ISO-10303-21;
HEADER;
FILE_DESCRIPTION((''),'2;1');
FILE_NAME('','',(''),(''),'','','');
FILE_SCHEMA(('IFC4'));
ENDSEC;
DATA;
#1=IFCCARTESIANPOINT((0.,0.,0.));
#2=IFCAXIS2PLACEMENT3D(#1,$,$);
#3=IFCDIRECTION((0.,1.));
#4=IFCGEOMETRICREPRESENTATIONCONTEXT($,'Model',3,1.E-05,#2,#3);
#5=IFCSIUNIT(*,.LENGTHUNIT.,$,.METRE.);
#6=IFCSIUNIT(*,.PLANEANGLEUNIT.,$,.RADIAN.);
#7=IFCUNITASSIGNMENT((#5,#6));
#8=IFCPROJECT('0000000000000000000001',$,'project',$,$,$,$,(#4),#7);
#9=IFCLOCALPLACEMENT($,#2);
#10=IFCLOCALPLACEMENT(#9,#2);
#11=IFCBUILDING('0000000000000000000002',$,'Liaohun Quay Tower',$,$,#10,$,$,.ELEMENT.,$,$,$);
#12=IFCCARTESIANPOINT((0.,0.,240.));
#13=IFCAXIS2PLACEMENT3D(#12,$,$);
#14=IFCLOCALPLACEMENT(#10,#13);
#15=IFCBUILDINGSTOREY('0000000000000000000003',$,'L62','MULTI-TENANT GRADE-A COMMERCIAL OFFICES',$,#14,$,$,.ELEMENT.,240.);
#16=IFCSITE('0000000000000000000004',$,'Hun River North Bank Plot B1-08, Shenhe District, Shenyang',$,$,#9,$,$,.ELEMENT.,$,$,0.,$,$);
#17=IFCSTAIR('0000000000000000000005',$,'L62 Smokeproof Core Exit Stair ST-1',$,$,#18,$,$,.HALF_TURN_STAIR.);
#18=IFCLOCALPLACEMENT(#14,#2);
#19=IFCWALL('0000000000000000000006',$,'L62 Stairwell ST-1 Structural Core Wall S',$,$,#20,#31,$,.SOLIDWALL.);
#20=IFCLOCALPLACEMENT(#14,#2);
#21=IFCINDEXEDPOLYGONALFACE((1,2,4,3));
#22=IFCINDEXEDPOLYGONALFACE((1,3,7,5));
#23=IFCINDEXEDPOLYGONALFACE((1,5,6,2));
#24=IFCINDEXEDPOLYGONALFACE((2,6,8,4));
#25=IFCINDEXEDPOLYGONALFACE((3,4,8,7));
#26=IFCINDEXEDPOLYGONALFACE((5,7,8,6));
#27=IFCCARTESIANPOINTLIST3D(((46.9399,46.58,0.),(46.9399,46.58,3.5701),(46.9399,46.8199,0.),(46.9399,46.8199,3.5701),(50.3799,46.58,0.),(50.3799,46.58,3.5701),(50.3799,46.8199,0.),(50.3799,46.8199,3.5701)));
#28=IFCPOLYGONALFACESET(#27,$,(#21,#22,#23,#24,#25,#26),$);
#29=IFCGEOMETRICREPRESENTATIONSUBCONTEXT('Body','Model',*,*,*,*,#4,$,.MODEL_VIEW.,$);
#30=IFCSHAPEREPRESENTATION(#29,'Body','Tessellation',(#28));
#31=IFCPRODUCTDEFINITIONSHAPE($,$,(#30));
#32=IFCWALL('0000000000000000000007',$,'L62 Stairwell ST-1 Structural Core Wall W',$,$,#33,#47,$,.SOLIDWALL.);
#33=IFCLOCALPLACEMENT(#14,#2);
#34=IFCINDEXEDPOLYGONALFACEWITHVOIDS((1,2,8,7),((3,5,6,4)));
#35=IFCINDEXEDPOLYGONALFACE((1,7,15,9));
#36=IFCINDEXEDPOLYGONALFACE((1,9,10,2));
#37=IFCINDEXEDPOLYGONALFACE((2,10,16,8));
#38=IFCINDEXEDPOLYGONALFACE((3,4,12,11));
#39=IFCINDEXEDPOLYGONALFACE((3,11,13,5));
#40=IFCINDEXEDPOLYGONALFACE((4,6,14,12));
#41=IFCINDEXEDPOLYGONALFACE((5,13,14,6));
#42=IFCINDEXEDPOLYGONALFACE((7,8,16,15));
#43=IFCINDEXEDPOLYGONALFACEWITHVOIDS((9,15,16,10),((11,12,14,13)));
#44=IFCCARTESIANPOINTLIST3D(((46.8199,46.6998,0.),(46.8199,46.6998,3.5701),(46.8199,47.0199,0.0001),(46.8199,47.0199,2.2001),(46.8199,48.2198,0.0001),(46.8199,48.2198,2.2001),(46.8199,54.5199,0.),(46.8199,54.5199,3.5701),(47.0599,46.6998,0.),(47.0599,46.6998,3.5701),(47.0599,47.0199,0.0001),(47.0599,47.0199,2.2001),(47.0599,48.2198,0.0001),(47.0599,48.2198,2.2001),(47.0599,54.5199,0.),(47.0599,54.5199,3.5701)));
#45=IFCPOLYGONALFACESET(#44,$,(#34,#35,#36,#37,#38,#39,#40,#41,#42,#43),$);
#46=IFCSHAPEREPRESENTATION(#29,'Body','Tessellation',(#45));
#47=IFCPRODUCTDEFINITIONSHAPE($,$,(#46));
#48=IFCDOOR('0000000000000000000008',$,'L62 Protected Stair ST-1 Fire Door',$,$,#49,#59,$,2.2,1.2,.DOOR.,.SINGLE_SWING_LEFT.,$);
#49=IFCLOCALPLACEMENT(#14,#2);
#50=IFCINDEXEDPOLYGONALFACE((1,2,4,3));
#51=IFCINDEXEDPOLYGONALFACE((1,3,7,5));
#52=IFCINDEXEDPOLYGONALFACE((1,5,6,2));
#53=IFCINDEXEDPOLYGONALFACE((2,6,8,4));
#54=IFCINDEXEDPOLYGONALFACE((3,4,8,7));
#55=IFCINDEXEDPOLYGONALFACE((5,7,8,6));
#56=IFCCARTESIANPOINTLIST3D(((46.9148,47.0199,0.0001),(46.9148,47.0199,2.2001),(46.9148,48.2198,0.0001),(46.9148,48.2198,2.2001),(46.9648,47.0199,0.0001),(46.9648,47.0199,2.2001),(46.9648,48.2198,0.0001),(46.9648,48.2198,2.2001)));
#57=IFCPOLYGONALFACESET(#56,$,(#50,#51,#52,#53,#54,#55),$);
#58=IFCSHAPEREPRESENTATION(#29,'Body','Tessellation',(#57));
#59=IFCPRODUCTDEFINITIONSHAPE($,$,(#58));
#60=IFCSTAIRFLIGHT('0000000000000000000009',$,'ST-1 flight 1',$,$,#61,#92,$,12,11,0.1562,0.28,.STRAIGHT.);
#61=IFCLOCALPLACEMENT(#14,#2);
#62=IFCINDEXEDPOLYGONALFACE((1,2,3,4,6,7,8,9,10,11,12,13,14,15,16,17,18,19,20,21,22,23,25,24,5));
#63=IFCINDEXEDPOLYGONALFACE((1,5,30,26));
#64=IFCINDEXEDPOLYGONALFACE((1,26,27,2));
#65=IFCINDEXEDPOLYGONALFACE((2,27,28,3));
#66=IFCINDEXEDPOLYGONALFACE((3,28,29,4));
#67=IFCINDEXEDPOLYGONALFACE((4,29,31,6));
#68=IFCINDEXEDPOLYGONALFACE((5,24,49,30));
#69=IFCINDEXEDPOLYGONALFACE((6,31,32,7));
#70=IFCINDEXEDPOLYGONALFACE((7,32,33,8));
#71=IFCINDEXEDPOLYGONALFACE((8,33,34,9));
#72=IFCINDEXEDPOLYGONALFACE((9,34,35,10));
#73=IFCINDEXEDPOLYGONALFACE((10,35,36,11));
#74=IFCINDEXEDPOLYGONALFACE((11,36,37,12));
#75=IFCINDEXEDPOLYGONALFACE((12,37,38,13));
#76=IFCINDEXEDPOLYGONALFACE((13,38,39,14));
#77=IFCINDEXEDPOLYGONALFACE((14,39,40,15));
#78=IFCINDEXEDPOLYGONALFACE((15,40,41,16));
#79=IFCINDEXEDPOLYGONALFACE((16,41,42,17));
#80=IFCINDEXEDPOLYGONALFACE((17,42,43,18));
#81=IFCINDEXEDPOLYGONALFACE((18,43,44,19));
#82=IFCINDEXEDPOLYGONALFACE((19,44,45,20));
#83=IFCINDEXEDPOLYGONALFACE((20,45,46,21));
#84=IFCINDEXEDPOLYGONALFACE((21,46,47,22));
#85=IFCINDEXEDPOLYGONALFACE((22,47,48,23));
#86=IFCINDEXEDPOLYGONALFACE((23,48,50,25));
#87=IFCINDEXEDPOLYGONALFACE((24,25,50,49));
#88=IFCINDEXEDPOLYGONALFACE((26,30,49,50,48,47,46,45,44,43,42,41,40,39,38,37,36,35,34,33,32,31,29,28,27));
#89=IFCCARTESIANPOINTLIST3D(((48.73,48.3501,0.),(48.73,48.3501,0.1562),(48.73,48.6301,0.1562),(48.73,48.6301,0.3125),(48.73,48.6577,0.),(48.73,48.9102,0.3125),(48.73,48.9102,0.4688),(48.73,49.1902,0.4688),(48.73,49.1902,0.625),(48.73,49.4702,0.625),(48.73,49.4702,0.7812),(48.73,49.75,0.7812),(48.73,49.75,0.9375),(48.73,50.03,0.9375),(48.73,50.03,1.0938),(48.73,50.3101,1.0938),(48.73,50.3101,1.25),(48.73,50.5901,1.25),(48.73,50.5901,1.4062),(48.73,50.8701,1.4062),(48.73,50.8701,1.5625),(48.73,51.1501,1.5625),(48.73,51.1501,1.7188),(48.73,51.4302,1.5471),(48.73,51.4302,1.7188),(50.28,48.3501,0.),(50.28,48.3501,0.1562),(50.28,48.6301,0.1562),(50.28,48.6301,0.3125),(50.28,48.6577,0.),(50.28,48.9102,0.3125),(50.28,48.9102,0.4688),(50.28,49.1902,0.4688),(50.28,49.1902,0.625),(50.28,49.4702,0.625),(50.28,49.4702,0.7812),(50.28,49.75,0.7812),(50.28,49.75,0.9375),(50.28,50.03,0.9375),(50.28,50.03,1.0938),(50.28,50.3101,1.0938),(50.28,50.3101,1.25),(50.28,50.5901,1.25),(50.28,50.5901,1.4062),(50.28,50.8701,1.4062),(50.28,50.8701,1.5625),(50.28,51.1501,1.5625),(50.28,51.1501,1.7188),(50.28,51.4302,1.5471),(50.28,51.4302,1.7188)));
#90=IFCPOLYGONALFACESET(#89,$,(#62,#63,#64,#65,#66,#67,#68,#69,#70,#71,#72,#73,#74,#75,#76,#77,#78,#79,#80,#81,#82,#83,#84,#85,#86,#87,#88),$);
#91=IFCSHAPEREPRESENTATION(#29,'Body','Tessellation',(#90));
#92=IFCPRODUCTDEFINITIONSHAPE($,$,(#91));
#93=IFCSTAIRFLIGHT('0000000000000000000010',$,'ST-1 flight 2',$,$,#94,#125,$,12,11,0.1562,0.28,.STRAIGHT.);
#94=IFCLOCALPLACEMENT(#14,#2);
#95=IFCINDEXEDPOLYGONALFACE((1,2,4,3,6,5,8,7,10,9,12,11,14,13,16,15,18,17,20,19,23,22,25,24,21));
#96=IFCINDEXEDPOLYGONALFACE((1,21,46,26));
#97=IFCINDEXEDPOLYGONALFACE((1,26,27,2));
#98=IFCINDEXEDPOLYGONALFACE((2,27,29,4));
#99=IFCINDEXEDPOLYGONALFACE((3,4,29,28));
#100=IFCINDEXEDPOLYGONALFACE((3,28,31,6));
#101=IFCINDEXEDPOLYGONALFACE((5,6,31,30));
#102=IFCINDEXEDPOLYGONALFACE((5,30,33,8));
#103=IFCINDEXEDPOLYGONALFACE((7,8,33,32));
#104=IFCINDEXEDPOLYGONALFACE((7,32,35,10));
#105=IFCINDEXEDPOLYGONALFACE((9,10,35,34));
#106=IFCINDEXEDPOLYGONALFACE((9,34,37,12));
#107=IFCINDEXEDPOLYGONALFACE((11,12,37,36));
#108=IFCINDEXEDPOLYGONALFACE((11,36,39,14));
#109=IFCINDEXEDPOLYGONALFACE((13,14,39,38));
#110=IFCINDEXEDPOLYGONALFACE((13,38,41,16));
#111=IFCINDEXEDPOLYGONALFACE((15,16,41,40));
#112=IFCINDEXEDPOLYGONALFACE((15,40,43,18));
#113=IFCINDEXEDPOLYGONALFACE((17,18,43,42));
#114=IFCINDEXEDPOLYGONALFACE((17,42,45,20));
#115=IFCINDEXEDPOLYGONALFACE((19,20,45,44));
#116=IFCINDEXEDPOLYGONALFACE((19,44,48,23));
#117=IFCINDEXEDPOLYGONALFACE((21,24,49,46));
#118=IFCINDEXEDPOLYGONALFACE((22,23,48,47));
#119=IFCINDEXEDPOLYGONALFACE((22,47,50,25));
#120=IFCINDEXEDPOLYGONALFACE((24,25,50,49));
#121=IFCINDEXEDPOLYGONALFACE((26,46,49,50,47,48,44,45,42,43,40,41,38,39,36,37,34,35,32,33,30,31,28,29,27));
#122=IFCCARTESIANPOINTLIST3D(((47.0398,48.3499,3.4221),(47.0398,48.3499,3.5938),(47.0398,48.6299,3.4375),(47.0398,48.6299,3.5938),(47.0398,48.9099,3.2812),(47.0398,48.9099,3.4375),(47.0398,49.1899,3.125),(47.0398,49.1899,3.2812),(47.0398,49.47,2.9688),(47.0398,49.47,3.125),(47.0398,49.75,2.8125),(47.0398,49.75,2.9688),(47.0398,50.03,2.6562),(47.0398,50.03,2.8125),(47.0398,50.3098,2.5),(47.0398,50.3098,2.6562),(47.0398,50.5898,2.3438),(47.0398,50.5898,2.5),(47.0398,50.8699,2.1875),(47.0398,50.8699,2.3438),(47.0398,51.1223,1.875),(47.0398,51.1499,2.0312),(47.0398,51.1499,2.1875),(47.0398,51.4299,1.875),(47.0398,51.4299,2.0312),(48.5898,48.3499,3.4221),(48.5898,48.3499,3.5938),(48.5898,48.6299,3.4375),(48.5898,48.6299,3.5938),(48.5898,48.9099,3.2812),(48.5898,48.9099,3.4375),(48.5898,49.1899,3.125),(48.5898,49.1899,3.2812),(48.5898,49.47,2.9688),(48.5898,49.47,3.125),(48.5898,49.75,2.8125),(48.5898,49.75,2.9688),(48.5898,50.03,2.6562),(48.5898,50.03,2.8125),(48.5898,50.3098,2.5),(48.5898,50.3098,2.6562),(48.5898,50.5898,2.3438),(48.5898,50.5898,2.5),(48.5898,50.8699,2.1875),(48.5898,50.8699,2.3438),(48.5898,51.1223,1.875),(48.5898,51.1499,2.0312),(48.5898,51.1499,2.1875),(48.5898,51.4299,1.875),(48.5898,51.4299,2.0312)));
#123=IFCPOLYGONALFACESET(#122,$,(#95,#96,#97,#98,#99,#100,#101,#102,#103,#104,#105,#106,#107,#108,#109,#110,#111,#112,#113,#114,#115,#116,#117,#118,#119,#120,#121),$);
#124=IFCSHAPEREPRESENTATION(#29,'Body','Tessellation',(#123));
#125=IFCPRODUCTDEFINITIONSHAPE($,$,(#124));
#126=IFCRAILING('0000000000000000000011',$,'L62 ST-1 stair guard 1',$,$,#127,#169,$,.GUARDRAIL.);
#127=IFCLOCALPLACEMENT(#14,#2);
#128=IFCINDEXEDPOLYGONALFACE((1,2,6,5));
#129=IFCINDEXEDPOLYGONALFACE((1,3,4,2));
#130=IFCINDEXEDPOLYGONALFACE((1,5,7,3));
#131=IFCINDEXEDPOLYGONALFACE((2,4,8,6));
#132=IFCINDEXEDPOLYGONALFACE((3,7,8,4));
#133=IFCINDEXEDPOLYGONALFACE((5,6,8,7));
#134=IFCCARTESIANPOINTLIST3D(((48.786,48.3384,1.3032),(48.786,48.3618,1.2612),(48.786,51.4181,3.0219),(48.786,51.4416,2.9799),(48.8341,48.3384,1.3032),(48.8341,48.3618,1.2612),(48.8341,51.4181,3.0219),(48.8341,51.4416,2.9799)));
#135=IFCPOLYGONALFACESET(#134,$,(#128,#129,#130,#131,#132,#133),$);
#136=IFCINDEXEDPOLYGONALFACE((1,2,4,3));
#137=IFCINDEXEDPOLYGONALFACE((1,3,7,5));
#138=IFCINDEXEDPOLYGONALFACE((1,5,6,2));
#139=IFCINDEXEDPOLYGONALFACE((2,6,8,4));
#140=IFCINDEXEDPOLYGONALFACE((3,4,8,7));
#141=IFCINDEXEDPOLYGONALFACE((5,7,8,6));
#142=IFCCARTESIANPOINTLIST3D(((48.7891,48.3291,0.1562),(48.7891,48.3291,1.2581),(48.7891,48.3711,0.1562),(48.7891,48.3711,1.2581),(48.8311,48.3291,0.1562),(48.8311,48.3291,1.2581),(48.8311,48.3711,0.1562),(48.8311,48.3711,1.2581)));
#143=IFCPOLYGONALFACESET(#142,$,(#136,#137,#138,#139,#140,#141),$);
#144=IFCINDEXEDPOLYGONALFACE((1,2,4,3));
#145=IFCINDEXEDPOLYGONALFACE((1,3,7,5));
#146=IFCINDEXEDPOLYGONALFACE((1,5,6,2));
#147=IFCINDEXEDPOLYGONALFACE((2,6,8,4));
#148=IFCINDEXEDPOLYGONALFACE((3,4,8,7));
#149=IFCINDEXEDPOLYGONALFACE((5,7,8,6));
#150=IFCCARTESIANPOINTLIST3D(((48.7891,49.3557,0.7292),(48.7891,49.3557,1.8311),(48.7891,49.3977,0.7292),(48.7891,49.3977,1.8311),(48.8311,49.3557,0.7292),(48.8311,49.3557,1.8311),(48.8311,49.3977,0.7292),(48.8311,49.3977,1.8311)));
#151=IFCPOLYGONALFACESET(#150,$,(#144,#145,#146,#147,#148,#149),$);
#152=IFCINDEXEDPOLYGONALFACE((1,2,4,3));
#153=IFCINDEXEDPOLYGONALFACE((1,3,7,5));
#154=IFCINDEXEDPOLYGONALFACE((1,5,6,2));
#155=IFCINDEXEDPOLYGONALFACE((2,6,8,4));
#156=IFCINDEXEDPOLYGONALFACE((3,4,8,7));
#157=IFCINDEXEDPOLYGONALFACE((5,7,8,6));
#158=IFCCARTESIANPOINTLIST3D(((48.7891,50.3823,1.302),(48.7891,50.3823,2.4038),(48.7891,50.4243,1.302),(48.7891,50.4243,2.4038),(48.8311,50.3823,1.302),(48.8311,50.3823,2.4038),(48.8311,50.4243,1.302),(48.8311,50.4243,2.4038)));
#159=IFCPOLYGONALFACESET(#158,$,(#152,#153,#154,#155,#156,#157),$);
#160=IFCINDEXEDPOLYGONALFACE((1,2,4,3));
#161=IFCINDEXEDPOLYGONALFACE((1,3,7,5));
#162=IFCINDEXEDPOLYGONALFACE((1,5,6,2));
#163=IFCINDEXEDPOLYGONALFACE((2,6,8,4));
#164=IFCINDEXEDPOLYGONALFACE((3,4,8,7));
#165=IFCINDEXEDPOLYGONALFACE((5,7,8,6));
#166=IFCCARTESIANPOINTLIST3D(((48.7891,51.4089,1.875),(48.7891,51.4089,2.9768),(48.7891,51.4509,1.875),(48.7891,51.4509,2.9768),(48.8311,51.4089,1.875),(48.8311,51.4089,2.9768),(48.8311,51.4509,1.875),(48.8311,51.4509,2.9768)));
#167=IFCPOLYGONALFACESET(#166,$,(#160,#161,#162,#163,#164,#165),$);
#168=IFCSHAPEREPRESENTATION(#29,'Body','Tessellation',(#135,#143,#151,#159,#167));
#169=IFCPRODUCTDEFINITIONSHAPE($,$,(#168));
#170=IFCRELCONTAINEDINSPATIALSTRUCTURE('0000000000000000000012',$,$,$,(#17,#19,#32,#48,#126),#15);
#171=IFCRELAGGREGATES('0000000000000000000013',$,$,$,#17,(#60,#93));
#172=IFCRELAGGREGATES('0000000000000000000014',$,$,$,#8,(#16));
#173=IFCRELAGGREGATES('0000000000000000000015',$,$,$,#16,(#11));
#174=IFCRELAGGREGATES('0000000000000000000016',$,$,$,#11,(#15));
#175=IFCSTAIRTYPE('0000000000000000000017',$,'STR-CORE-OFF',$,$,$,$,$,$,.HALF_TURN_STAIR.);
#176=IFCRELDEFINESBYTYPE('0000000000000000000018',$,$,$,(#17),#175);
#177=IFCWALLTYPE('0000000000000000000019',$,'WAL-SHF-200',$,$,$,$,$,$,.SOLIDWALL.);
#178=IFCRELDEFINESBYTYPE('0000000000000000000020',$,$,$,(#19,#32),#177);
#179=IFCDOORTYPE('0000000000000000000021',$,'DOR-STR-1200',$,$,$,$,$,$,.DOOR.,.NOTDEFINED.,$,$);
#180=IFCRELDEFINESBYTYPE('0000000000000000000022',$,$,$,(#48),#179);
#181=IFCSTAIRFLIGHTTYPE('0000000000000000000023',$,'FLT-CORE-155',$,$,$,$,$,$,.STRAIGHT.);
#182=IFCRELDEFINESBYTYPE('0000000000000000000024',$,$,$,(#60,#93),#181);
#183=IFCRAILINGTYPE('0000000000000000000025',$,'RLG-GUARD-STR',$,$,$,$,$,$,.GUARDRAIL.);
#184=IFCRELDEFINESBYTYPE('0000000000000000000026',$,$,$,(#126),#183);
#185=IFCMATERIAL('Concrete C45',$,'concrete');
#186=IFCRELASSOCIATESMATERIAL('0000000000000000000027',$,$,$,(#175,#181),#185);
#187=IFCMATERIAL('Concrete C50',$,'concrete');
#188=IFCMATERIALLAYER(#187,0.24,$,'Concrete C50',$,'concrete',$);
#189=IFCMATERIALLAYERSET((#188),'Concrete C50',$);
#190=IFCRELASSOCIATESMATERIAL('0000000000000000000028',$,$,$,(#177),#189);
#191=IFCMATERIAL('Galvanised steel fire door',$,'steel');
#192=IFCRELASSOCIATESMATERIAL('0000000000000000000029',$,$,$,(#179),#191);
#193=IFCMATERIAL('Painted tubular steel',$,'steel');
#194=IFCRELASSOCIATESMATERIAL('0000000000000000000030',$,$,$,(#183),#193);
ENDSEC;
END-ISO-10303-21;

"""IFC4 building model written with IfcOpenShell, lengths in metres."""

from ifc_helpers import new_model, si_unit, direction, frame, frame_2d, origin, origin_2d, place, context, subcontext, project, spatial, polyline, rectangle, outline, extrude, source, transform, mapped, material, layer, layer_set, type_object, element, fill, aggregate, save


model = new_model("IFC4")

# Units and contexts
model_context = context("Model", 3, precision=1e-05, world=origin(), true_north=direction((0.0, 1.0)))
body_context = subcontext(model_context, "Body", "Model", "MODEL_VIEW")
ifc_project = project(units=[si_unit("LENGTHUNIT", "METRE"), si_unit("PLANEANGLEUNIT", "RADIAN")], contexts=[model_context])

# Site, building, storey
site_placement = place(None, origin())
site = spatial("IfcSite", under=ifc_project, at=site_placement, Name="Hun River North Bank Plot B1-08, Shenhe District, Shenyang", CompositionType="ELEMENT", RefElevation=0.0)
building_placement = place(site_placement, origin())
building = spatial("IfcBuilding", under=site, at=building_placement, Name="Liaohun Quay Tower", CompositionType="ELEMENT")
storey_placement = place(building_placement, frame((0.0, 0.0, 240.0)))
storey = spatial("IfcBuildingStorey", under=building, at=storey_placement, Name="L62", Description="MULTI-TENANT GRADE-A COMMERCIAL OFFICES", CompositionType="ELEMENT", Elevation=240.0)

# Stair
ifc_material_1 = material(Name="Concrete C45", Category="concrete")
stair_type = type_object("IfcStairType", Name="STR-CORE-OFF", PredefinedType="HALF_TURN_STAIR", material=ifc_material_1)
stair_1_placement = place(storey_placement, origin())
stair_1 = element("IfcStair", 1, at=stair_1_placement, inside=storey, type_object=stair_type, Name="L62 Smokeproof Core Exit Stair ST-1", PredefinedType="HALF_TURN_STAIR")

# Wall
ifc_material_2 = material(Name="Concrete C50", Category="concrete")
ifc_layer_1 = layer(ifc_material_2, 0.24, Name="Concrete C50", Category="concrete")
ifc_layer_set_1 = layer_set([ifc_layer_1], Name="Concrete C50")
wall_type_1 = type_object("IfcWallType", Name="WAL-SHF-200", PredefinedType="SOLIDWALL", material=ifc_layer_set_1)
wall_1_placement = place(storey_placement, frame((46.9399, 46.7, 0.0), z_axis=(0.0, 0.0, 1.0), x_axis=(1.0, 0.0, 0.0)))
element("IfcWall", 2, at=wall_1_placement, inside=storey, type_object=wall_type_1, Name="L62 Stairwell ST-1 Structural Core Wall S", PredefinedType="SOLIDWALL", context=body_context, shape_type="SweptSolid", body=[
    extrude(rectangle(XDim=3.4399, YDim=0.24, at=frame_2d((1.72, 0.0))), origin(), (0.0, 0.0, 1.0), 3.5701),
])

# Wall, opening, door
wall_2_placement = place(storey_placement, frame((46.9399, 54.52, 0.0), z_axis=(0.0, 0.0, 1.0), x_axis=(0.0, -1.0, 0.0)))
wall_2 = element("IfcWall", 3, at=wall_2_placement, inside=storey, type_object=wall_type_1, Name="L62 Stairwell ST-1 Structural Core Wall W", PredefinedType="SOLIDWALL", context=body_context, shape_type="SweptSolid", body=[
    extrude(rectangle(XDim=7.8201, YDim=0.24, at=frame_2d((3.9102, 0.0))), origin(), (0.0, 0.0, 1.0), 3.5701),
])
shared_shape_1 = source(origin(), body_context, "Body", "SweptSolid", [
    extrude(rectangle(XDim=1.2, YDim=2.2, at=frame_2d((0.6001, 1.1001))), frame((0.0, 0.1299, 0.0), z_axis=(0.0, -1.0, 0.0), x_axis=(1.0, 0.0, 0.0)), (0.0, 0.0, 1.0), 0.26),
])
opening_1_placement = place(wall_2_placement, frame((6.3, 0.0, 0.0)))
opening_1 = element("IfcOpeningElement", 4, at=opening_1_placement, cuts=wall_2, PredefinedType="OPENING", context=body_context, shape_type="MappedRepresentation", body=[
    mapped(shared_shape_1, transform((0.0, 0.0, 0.0), x_axis=(1.0, 0.0, 0.0), y_axis=(0.0, 1.0, 0.0), z_axis=(0.0, 0.0, 1.0), scale=1.0)),
])
ifc_material_3 = material(Name="Galvanised steel fire door", Category="steel")
door_type_1 = type_object("IfcDoorType", Name="DOR-STR-1200", OperationType="NOTDEFINED", PredefinedType="DOOR", material=ifc_material_3)
shared_shape_2 = source(origin(), body_context, "Body", "SweptSolid", [
    extrude(rectangle(XDim=1.2, YDim=2.2, at=frame_2d((0.6001, 1.1001))), frame((0.0, 0.0249, 0.0), z_axis=(0.0, -1.0, 0.0), x_axis=(1.0, 0.0, 0.0)), (0.0, 0.0, 1.0), 0.05),
])
door_1_placement = place(opening_1_placement, origin())
door_1 = element("IfcDoor", 5, at=door_1_placement, inside=storey, type_object=door_type_1, Name="L62 Protected Stair ST-1 Fire Door", OperationType="SINGLE_SWING_LEFT", OverallHeight=2.2, OverallWidth=1.2, PredefinedType="DOOR", context=body_context, shape_type="MappedRepresentation", body=[
    mapped(shared_shape_2, transform((0.0, 0.0, 0.0), x_axis=(1.0, 0.0, 0.0), y_axis=(0.0, 1.0, 0.0), z_axis=(0.0, 0.0, 1.0), scale=1.0)),
])
fill(opening_1, door_1)

# Stair flights
stair_flight_type = type_object("IfcStairFlightType", Name="FLT-CORE-155", PredefinedType="STRAIGHT", material=ifc_material_1)
stair_flight_1_placement = place(storey_placement, frame((49.5049, 48.3501, 0.0), z_axis=(0.0, 0.0, 1.0), x_axis=(0.0, 1.0, 0.0)))
stair_flight_1 = element("IfcStairFlight", 6, at=stair_flight_1_placement, type_object=stair_flight_type, Name="ST-1 flight 1", NumberOfRisers=12, NumberOfTreads=11, PredefinedType="STRAIGHT", RiserHeight=0.1562, TreadLength=0.28, context=body_context, shape_type="SweptSolid", body=[
    extrude(outline(polyline([(0.0, 0.0), (0.0, 0.1562), (0.28, 0.1562), (0.28, 0.3125), (0.5601, 0.3125), (0.5601, 0.4688), (0.8401, 0.4688), (0.8401, 0.625), (1.1201, 0.625), (1.1201, 0.7812), (1.3999, 0.7812), (1.3999, 0.9375), (1.6799, 0.9375), (1.6799, 1.0938), (1.96, 1.0938), (1.96, 1.25), (2.24, 1.25), (2.24, 1.4062), (2.52, 1.4062), (2.52, 1.5625), (2.8, 1.5625), (2.8, 1.7188), (3.0801, 1.7188), (3.0801, 1.875), (3.0801, 1.5471), (0.3076, 0.0), (0.0, 0.0)])), frame((0.0, 0.7749, 0.0), z_axis=(0.0, -1.0, 0.0), x_axis=(1.0, 0.0, 0.0)), (0.0, 0.0, 1.0), 1.55),
])
stair_flight_2_placement = place(storey_placement, frame((47.8149, 51.4299, 1.875), z_axis=(0.0, 0.0, 1.0), x_axis=(0.0, -1.0, 0.0)))
stair_flight_2 = element("IfcStairFlight", 7, at=stair_flight_2_placement, type_object=stair_flight_type, Name="ST-1 flight 2", NumberOfRisers=12, NumberOfTreads=11, PredefinedType="STRAIGHT", RiserHeight=0.1562, TreadLength=0.28, context=body_context, shape_type="SweptSolid", body=[
    extrude(outline(polyline([(0.0, 0.0), (0.0, 0.1562), (0.28, 0.1562), (0.28, 0.3125), (0.5601, 0.3125), (0.5601, 0.4688), (0.8401, 0.4688), (0.8401, 0.625), (1.1201, 0.625), (1.1201, 0.7812), (1.3999, 0.7812), (1.3999, 0.9375), (1.6799, 0.9375), (1.6799, 1.0938), (1.96, 1.0938), (1.96, 1.25), (2.24, 1.25), (2.24, 1.4062), (2.52, 1.4062), (2.52, 1.5625), (2.8, 1.5625), (2.8, 1.7188), (3.0801, 1.7188), (3.0801, 1.875), (3.0801, 1.5471), (0.3076, 0.0), (0.0, 0.0)])), frame((0.0, 0.7749, 0.0), z_axis=(0.0, -1.0, 0.0), x_axis=(1.0, 0.0, 0.0)), (0.0, 0.0, 1.0), 1.55),
])
aggregate(stair_1, [stair_flight_1, stair_flight_2])

# Railing
ifc_material_4 = material(Name="Painted tubular steel", Category="steel")
railing_type_1 = type_object("IfcRailingType", Name="RLG-GUARD-STR", PredefinedType="GUARDRAIL", material=ifc_material_4)
railing_1_placement = place(storey_placement, frame((48.8101, 48.3501, 0.1562)))
element("IfcRailing", 8, at=railing_1_placement, inside=storey, type_object=railing_type_1, Name="L62 ST-1 stair guard 1", PredefinedType="GUARDRAIL", context=body_context, shape_type="SweptSolid", body=[
    extrude(rectangle(XDim=0.0481, YDim=0.0481, at=origin_2d()), frame((0.0, 0.0, 1.126), z_axis=(0.0, 0.873225, 0.487317), x_axis=(-1.0, 0.0, 0.0)), (0.0, 0.0, 1.0), 3.5269),
    extrude(rectangle(XDim=0.042, YDim=0.042, at=origin_2d()), origin(), (0.0, 0.0, 1.0), 1.1018),
    extrude(rectangle(XDim=0.042, YDim=0.042, at=origin_2d()), frame((0.0, 1.0266, 0.573)), (0.0, 0.0, 1.0), 1.1018),
    extrude(rectangle(XDim=0.042, YDim=0.042, at=origin_2d()), frame((0.0, 2.0532, 1.1458)), (0.0, 0.0, 1.0), 1.1018),
    extrude(rectangle(XDim=0.042, YDim=0.042, at=origin_2d()), frame((0.0, 3.0798, 1.7188)), (0.0, 0.0, 1.0), 1.1018),
])

save(model, "model.ifc")
